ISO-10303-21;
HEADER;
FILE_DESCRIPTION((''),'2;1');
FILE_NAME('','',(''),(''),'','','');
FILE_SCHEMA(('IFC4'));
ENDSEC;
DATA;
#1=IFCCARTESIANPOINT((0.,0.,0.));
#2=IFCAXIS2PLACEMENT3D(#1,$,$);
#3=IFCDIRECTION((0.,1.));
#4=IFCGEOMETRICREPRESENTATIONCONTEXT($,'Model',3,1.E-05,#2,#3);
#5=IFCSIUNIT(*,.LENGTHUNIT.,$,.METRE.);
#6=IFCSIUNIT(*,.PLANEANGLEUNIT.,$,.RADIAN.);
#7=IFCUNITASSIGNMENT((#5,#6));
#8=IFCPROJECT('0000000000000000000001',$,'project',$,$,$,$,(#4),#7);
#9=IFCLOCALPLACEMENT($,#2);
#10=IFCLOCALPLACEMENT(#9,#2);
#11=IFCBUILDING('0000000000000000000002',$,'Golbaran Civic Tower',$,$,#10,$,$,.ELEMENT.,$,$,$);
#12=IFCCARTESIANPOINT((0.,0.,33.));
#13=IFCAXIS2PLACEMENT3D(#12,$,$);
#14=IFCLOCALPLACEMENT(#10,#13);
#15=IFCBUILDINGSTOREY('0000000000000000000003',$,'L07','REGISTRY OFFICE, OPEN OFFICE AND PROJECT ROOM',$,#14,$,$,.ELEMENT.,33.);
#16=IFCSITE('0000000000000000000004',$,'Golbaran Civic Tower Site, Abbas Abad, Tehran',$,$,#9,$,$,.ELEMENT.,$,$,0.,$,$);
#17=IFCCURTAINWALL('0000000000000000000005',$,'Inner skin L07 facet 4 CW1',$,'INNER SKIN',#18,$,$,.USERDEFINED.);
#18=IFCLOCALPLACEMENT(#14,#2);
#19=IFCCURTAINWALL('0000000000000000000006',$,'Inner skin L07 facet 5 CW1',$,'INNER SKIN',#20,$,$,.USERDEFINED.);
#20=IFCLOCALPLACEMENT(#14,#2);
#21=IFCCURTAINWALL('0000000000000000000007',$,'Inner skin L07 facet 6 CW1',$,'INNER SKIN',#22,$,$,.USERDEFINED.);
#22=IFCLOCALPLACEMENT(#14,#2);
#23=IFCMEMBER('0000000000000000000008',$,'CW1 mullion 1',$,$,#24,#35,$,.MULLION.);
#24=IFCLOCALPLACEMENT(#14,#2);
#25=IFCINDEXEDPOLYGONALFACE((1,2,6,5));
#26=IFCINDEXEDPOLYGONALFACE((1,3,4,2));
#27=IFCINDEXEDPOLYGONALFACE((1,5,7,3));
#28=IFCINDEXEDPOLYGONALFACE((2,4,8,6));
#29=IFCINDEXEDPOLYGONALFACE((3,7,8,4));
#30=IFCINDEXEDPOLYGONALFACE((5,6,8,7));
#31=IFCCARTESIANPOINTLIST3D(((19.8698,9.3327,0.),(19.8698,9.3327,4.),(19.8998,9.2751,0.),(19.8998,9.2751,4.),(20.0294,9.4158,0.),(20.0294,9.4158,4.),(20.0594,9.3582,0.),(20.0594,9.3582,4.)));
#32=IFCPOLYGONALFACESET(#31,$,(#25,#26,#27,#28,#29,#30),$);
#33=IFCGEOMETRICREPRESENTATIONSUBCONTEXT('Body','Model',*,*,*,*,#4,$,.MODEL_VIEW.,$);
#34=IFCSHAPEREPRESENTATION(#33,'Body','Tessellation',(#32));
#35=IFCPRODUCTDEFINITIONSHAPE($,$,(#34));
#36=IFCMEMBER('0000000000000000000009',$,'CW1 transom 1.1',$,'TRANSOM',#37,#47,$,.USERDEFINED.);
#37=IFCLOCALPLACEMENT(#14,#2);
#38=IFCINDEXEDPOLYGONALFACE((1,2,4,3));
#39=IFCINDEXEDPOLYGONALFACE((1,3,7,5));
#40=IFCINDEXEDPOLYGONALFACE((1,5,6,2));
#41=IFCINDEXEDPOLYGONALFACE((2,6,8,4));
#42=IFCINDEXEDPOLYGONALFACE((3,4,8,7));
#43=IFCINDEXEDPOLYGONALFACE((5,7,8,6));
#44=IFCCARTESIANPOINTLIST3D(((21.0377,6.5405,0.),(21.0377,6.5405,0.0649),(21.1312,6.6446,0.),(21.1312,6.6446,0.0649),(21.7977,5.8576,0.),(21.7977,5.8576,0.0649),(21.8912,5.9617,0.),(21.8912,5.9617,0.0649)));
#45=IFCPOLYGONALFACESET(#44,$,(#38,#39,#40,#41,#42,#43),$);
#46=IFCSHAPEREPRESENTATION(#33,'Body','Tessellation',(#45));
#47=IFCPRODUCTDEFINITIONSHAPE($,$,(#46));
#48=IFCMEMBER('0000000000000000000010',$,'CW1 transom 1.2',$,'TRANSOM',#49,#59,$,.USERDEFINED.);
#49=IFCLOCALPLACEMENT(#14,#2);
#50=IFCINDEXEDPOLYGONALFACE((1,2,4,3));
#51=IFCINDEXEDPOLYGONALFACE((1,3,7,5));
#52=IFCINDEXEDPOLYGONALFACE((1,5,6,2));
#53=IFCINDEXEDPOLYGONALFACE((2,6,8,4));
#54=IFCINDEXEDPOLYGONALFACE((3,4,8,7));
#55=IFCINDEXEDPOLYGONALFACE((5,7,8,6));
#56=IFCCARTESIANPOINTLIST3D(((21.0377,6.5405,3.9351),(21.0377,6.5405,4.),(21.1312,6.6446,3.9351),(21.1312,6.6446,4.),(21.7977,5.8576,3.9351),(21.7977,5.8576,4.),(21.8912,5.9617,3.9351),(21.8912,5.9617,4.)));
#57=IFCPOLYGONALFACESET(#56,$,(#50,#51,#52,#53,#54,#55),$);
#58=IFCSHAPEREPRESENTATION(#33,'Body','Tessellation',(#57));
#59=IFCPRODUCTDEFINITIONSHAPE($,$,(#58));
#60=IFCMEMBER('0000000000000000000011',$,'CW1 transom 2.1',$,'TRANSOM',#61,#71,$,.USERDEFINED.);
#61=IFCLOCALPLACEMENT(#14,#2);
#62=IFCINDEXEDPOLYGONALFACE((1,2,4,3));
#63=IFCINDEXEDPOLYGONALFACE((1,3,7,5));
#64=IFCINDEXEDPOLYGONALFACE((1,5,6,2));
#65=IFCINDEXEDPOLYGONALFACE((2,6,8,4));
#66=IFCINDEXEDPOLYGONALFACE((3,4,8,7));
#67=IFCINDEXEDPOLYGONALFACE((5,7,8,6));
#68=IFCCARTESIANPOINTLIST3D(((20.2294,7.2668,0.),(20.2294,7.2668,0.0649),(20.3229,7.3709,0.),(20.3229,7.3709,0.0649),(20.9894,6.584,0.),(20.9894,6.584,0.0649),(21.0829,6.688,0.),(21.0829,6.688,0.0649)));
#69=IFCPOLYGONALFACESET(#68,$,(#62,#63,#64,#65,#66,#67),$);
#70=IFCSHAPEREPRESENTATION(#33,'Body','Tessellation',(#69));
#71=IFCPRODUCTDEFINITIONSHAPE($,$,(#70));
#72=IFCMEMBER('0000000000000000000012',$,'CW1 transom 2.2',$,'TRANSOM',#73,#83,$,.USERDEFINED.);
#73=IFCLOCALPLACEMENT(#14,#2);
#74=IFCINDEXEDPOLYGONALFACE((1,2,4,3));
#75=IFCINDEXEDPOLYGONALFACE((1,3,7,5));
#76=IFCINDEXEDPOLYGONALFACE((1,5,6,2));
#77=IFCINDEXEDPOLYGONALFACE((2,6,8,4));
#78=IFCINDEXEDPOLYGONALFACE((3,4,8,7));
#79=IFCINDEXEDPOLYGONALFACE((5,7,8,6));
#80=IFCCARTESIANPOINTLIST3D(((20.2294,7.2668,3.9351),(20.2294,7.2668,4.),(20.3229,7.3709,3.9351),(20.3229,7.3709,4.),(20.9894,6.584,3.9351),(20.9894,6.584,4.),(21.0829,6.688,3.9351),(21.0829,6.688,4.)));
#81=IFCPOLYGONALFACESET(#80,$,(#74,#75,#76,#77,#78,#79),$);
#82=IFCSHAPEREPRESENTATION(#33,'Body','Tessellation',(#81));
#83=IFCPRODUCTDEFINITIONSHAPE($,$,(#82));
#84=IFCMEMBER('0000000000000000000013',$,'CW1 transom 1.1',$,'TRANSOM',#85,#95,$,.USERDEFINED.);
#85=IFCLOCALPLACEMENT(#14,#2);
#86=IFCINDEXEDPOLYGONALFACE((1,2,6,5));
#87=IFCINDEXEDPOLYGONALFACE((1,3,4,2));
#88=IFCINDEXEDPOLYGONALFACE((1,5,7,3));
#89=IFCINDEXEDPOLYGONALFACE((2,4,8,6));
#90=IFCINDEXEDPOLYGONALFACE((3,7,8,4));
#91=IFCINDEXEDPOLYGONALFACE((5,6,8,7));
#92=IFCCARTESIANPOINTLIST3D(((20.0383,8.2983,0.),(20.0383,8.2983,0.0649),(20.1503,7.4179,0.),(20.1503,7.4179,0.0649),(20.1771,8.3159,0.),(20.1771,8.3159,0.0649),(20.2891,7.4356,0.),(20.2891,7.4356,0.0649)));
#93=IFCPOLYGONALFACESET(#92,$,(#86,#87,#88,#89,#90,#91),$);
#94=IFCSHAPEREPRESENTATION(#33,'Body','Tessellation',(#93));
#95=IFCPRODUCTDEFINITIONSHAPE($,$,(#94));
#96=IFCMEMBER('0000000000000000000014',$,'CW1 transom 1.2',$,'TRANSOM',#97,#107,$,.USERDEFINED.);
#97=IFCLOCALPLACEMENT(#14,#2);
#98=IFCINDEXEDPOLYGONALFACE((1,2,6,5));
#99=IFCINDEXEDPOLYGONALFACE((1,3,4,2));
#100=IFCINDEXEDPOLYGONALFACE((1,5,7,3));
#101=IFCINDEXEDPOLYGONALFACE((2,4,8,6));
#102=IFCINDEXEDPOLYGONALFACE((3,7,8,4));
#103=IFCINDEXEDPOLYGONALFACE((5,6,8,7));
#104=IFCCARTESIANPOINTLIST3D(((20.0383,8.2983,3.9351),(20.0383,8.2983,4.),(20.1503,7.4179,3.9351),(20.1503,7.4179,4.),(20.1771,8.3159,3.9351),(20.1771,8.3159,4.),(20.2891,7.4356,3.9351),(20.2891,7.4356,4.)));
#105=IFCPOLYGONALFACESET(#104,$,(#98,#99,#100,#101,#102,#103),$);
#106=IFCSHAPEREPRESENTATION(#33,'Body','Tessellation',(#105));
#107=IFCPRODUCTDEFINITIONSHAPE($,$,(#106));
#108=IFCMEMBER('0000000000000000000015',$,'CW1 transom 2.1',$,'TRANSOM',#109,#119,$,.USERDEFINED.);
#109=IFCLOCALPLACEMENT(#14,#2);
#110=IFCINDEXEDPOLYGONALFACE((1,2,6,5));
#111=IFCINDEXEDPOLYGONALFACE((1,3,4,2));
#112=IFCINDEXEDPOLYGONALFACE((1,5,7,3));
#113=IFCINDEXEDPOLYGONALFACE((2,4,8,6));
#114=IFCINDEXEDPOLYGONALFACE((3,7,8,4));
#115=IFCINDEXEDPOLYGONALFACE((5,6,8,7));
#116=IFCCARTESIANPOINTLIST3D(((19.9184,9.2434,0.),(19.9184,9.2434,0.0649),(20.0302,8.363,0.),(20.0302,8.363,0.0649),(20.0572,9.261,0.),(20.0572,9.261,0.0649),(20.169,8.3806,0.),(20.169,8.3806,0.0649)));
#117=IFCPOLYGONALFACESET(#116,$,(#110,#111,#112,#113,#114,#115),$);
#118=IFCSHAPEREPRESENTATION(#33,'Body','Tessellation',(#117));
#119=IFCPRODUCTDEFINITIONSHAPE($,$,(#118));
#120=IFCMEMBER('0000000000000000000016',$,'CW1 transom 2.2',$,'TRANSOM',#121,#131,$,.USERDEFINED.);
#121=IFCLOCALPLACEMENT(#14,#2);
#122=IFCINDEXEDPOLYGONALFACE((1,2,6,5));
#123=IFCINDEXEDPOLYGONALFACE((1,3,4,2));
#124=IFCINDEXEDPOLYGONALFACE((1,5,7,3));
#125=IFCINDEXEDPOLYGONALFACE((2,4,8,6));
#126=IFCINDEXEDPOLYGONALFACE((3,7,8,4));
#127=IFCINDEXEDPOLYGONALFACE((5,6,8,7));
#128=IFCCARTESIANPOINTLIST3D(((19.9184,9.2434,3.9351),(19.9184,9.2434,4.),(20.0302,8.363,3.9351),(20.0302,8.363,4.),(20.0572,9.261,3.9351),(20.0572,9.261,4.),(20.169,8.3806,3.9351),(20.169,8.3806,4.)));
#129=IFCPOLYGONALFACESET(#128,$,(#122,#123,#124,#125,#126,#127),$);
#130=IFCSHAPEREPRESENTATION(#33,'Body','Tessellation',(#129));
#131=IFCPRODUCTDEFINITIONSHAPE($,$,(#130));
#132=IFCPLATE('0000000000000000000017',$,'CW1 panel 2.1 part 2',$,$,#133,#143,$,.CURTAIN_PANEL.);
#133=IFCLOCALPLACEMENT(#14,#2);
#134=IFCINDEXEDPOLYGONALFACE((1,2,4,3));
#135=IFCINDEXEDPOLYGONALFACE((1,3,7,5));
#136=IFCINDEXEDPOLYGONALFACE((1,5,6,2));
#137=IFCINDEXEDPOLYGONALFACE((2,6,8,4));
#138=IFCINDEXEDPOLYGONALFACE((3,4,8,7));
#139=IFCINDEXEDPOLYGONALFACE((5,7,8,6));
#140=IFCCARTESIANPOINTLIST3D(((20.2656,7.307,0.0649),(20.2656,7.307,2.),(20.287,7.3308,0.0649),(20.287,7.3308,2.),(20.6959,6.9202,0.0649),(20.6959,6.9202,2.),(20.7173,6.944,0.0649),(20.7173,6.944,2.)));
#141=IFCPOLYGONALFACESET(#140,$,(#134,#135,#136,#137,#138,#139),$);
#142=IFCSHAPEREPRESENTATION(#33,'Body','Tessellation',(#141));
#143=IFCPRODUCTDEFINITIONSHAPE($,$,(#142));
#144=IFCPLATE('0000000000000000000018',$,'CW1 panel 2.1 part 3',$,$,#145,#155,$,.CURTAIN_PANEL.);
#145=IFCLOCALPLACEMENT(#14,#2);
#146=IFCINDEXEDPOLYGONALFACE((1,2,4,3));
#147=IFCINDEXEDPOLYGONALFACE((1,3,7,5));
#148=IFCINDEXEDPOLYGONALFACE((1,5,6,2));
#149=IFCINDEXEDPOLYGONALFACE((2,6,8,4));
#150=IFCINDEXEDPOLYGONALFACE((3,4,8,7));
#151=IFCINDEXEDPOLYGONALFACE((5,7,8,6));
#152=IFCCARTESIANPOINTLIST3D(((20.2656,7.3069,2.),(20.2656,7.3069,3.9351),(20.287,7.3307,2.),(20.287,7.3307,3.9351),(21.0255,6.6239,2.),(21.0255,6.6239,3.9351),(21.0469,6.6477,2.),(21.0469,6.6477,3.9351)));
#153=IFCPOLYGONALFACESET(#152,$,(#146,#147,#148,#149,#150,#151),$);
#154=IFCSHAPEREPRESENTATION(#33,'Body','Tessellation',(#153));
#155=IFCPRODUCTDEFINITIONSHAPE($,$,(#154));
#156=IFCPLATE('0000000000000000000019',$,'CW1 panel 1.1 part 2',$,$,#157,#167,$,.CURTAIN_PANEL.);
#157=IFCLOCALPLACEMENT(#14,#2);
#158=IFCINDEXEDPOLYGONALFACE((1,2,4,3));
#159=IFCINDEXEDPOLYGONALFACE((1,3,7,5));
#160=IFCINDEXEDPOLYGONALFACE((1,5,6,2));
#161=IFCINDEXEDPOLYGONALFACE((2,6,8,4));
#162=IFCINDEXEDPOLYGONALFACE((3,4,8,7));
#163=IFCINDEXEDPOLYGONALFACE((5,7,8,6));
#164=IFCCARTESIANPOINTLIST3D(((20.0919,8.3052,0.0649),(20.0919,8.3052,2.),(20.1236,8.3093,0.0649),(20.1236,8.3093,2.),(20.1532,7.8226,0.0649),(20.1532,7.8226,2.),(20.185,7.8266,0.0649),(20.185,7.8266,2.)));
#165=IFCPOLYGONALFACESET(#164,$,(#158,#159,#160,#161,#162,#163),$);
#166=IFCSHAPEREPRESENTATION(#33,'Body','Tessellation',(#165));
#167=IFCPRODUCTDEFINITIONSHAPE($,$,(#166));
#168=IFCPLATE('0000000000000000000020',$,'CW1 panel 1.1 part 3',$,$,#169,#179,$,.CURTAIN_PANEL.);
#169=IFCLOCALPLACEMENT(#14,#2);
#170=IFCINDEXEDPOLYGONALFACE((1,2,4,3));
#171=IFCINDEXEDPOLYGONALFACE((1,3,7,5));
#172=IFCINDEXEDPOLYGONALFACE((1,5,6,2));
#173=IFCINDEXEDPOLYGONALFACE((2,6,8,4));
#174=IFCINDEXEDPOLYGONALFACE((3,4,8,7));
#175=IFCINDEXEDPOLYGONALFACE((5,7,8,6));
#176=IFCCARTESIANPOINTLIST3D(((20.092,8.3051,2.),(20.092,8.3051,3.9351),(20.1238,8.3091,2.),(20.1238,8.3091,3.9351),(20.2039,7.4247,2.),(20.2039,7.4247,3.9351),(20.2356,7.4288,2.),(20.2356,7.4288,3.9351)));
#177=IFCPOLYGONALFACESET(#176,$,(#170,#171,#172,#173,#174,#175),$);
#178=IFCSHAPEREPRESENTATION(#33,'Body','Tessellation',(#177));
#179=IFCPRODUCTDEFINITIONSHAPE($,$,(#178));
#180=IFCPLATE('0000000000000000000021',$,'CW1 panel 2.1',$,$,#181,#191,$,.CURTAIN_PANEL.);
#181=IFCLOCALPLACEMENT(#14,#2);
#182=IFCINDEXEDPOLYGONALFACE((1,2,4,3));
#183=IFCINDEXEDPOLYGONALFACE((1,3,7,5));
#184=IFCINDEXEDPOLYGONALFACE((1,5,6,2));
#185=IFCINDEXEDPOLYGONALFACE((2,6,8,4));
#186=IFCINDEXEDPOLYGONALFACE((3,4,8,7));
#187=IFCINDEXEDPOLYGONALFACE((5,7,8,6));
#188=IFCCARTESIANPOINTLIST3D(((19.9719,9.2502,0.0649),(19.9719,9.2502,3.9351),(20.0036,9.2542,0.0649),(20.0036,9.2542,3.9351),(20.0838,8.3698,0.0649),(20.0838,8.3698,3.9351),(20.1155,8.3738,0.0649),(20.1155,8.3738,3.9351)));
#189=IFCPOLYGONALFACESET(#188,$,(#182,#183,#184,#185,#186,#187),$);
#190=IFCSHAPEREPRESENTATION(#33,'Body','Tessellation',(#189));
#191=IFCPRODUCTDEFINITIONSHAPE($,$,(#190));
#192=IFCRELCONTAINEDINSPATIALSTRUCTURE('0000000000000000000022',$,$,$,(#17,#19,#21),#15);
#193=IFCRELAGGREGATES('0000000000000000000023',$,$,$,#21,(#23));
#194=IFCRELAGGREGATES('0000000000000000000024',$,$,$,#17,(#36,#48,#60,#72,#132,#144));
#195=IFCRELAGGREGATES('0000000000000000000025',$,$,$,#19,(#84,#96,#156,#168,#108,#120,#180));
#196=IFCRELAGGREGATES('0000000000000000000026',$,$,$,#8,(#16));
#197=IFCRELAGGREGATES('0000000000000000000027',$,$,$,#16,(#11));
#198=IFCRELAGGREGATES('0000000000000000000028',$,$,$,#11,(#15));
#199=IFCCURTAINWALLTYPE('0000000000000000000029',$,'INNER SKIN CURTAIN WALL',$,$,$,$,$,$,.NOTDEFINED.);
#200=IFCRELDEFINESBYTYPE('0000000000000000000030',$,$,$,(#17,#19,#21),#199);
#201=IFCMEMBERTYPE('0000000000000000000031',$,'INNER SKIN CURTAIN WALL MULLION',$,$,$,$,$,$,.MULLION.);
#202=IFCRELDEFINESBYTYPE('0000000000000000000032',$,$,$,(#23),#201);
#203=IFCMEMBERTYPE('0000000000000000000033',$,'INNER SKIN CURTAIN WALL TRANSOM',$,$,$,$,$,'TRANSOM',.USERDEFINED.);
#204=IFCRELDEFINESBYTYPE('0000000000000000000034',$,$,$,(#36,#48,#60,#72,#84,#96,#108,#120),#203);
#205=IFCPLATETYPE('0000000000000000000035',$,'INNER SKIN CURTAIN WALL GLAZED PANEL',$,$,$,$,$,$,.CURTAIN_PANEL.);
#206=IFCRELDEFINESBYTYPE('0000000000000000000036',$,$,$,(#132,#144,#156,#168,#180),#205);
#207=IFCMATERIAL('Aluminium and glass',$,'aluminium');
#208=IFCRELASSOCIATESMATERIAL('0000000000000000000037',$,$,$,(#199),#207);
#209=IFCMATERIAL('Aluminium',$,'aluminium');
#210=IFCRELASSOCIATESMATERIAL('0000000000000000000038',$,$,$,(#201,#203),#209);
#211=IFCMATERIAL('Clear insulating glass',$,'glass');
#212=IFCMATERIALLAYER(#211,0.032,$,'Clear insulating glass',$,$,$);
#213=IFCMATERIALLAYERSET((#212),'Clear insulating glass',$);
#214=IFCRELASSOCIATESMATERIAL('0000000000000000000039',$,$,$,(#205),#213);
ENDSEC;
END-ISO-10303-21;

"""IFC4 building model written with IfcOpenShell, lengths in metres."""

from ifc_helpers import new_model, si_unit, direction, frame, origin, origin_2d, place, context, subcontext, project, spatial, rectangle, extrude, material, layer, layer_set, material_profile, profile_set, type_object, element, aggregate, save


model = new_model("IFC4")

# Units and contexts
model_context = context("Model", 3, precision=1e-05, world=origin(), true_north=direction((0.0, 1.0)))
body_context = subcontext(model_context, "Body", "Model", "MODEL_VIEW")
ifc_project = project(units=[si_unit("LENGTHUNIT", "METRE"), si_unit("PLANEANGLEUNIT", "RADIAN")], contexts=[model_context])

# Site, building, storey
site_placement = place(None, origin())
site = spatial("IfcSite", under=ifc_project, at=site_placement, Name="Golbaran Civic Tower Site, Abbas Abad, Tehran", CompositionType="ELEMENT", RefElevation=0.0)
building_placement = place(site_placement, origin())
building = spatial("IfcBuilding", under=site, at=building_placement, Name="Golbaran Civic Tower", CompositionType="ELEMENT")
storey_placement = place(building_placement, frame((0.0, 0.0, 33.0)))
storey = spatial("IfcBuildingStorey", under=building, at=storey_placement, Name="L07", Description="REGISTRY OFFICE, OPEN OFFICE AND PROJECT ROOM", CompositionType="ELEMENT", Elevation=33.0)

# Shared definitions
ifc_material_1 = material(Name="Aluminium and glass", Category="aluminium")
curtain_wall_type = type_object("IfcCurtainWallType", Name="INNER SKIN CURTAIN WALL", PredefinedType="NOTDEFINED", material=ifc_material_1)
ifc_material_2 = material(Name="Aluminium", Category="aluminium")
ifc_material_profile_1 = material_profile(ifc_material_2, rectangle(XDim=0.1799, YDim=0.0649, at=origin_2d()), Name="INNER SKIN CURTAIN WALL MULLION")
ifc_profile_set_1 = profile_set([ifc_material_profile_1], Name="Aluminium")
member_type_1 = type_object("IfcMemberType", Name="INNER SKIN CURTAIN WALL MULLION", PredefinedType="MULLION", material=ifc_profile_set_1)

# Curtain walls
curtain_wall_1_placement = place(storey_placement, origin())
curtain_wall_1 = element("IfcCurtainWall", 1, at=curtain_wall_1_placement, inside=storey, type_object=curtain_wall_type, Name="Inner skin L07 facet 4 CW1", ObjectType="INNER SKIN", PredefinedType="USERDEFINED")
curtain_wall_2_placement = place(storey_placement, origin())
curtain_wall_2 = element("IfcCurtainWall", 2, at=curtain_wall_2_placement, inside=storey, type_object=curtain_wall_type, Name="Inner skin L07 facet 5 CW1", ObjectType="INNER SKIN", PredefinedType="USERDEFINED")

# Curtain wall, member
curtain_wall_3_placement = place(storey_placement, origin())
curtain_wall_3 = element("IfcCurtainWall", 3, at=curtain_wall_3_placement, inside=storey, type_object=curtain_wall_type, Name="Inner skin L07 facet 6 CW1", ObjectType="INNER SKIN", PredefinedType="USERDEFINED")
member_1_placement = place(storey_placement, frame((19.9646, 9.3455, 0.0), z_axis=(0.0, 0.0, 1.0), x_axis=(-0.887011, -0.461749, 0.0)))
member_1 = element("IfcMember", 4, at=member_1_placement, type_object=member_type_1, Name="CW1 mullion 1", PredefinedType="MULLION", context=body_context, shape_type="SweptSolid", body=[
    extrude(rectangle(XDim=0.1799, YDim=0.0649, at=origin_2d()), origin(), (0.0, 0.0, 1.0), 4.0),
])
aggregate(curtain_wall_3, [member_1])

# Members
ifc_material_profile_2 = material_profile(ifc_material_2, rectangle(XDim=0.1399, YDim=0.0649, at=origin_2d()), Name="INNER SKIN CURTAIN WALL TRANSOM")
ifc_profile_set_2 = profile_set([ifc_material_profile_2], Name="Aluminium")
member_type_2 = type_object("IfcMemberType", Name="INNER SKIN CURTAIN WALL TRANSOM", ElementType="TRANSOM", PredefinedType="USERDEFINED", material=ifc_profile_set_2)
member_2_placement = place(storey_placement, frame((21.8445, 5.9097, 0.0325), z_axis=(-0.743852, 0.668344, 0.0), x_axis=(-0.668344, -0.743852, 0.0)))
member_2 = element("IfcMember", 5, at=member_2_placement, type_object=member_type_2, Name="CW1 transom 1.1", ObjectType="TRANSOM", PredefinedType="USERDEFINED", context=body_context, shape_type="SweptSolid", body=[
    extrude(rectangle(XDim=0.1399, YDim=0.0649, at=origin_2d()), origin(), (0.0, 0.0, 1.0), 1.0217),
])
member_3_placement = place(storey_placement, frame((21.8445, 5.9097, 3.9675), z_axis=(-0.743852, 0.668344, 0.0), x_axis=(-0.668344, -0.743852, 0.0)))
member_3 = element("IfcMember", 6, at=member_3_placement, type_object=member_type_2, Name="CW1 transom 1.2", ObjectType="TRANSOM", PredefinedType="USERDEFINED", context=body_context, shape_type="SweptSolid", body=[
    extrude(rectangle(XDim=0.1399, YDim=0.0649, at=origin_2d()), origin(), (0.0, 0.0, 1.0), 1.0217),
])
member_4_placement = place(storey_placement, frame((21.0361, 6.636, 0.0325), z_axis=(-0.743852, 0.668344, 0.0), x_axis=(-0.668344, -0.743852, 0.0)))
member_4 = element("IfcMember", 7, at=member_4_placement, type_object=member_type_2, Name="CW1 transom 2.1", ObjectType="TRANSOM", PredefinedType="USERDEFINED", context=body_context, shape_type="SweptSolid", body=[
    extrude(rectangle(XDim=0.1399, YDim=0.0649, at=origin_2d()), origin(), (0.0, 0.0, 1.0), 1.0217),
])
member_5_placement = place(storey_placement, frame((21.0361, 6.636, 3.9675), z_axis=(-0.743852, 0.668344, 0.0), x_axis=(-0.668344, -0.743852, 0.0)))
member_5 = element("IfcMember", 8, at=member_5_placement, type_object=member_type_2, Name="CW1 transom 2.2", ObjectType="TRANSOM", PredefinedType="USERDEFINED", context=body_context, shape_type="SweptSolid", body=[
    extrude(rectangle(XDim=0.1399, YDim=0.0649, at=origin_2d()), origin(), (0.0, 0.0, 1.0), 1.0217),
])
member_6_placement = place(storey_placement, frame((20.2197, 7.4268, 0.0325), z_axis=(-0.126269, 0.991996, 0.0), x_axis=(-0.991996, -0.126269, 0.0)))
member_6 = element("IfcMember", 9, at=member_6_placement, type_object=member_type_2, Name="CW1 transom 1.1", ObjectType="TRANSOM", PredefinedType="USERDEFINED", context=body_context, shape_type="SweptSolid", body=[
    extrude(rectangle(XDim=0.1399, YDim=0.0649, at=origin_2d()), origin(), (0.0, 0.0, 1.0), 0.8875),
])
member_7_placement = place(storey_placement, frame((20.2197, 7.4268, 3.9675), z_axis=(-0.126269, 0.991996, 0.0), x_axis=(-0.991996, -0.126269, 0.0)))
member_7 = element("IfcMember", 10, at=member_7_placement, type_object=member_type_2, Name="CW1 transom 1.2", ObjectType="TRANSOM", PredefinedType="USERDEFINED", context=body_context, shape_type="SweptSolid", body=[
    extrude(rectangle(XDim=0.1399, YDim=0.0649, at=origin_2d()), origin(), (0.0, 0.0, 1.0), 0.8875),
])
member_8_placement = place(storey_placement, frame((20.0996, 8.3718, 0.0325), z_axis=(-0.125998, 0.99203, 0.0), x_axis=(-0.99203, -0.125998, 0.0)))
member_8 = element("IfcMember", 11, at=member_8_placement, type_object=member_type_2, Name="CW1 transom 2.1", ObjectType="TRANSOM", PredefinedType="USERDEFINED", context=body_context, shape_type="SweptSolid", body=[
    extrude(rectangle(XDim=0.1399, YDim=0.0649, at=origin_2d()), origin(), (0.0, 0.0, 1.0), 0.8875),
])
member_9_placement = place(storey_placement, frame((20.0996, 8.3718, 3.9675), z_axis=(-0.125998, 0.99203, 0.0), x_axis=(-0.99203, -0.125998, 0.0)))
member_9 = element("IfcMember", 12, at=member_9_placement, type_object=member_type_2, Name="CW1 transom 2.2", ObjectType="TRANSOM", PredefinedType="USERDEFINED", context=body_context, shape_type="SweptSolid", body=[
    extrude(rectangle(XDim=0.1399, YDim=0.0649, at=origin_2d()), origin(), (0.0, 0.0, 1.0), 0.8875),
])

# Plates
ifc_material_3 = material(Name="Clear insulating glass", Category="glass")
ifc_layer_1 = layer(ifc_material_3, 0.032, Name="Clear insulating glass")
ifc_layer_set_1 = layer_set([ifc_layer_1], Name="Clear insulating glass")
plate_type_1 = type_object("IfcPlateType", Name="INNER SKIN CURTAIN WALL GLAZED PANEL", PredefinedType="CURTAIN_PANEL", material=ifc_layer_set_1)
plate_1_placement = place(storey_placement, frame((20.4915, 7.1255, 0.0649), z_axis=(0.0, 0.0, 1.0), x_axis=(-0.743784, 0.66842, 0.0)))
plate_1 = element("IfcPlate", 13, at=plate_1_placement, type_object=plate_type_1, Name="CW1 panel 2.1 part 2", PredefinedType="CURTAIN_PANEL", context=body_context, shape_type="SweptSolid", body=[
    extrude(rectangle(XDim=0.5786, YDim=0.032, at=origin_2d()), origin(), (0.0, 0.0, 1.0), 1.9351),
])
plate_2_placement = place(storey_placement, frame((20.6562, 6.9773, 2.0), z_axis=(0.0, 0.0, 1.0), x_axis=(-0.743784, 0.66842, 0.0)))
plate_2 = element("IfcPlate", 14, at=plate_2_placement, type_object=plate_type_1, Name="CW1 panel 2.1 part 3", PredefinedType="CURTAIN_PANEL", context=body_context, shape_type="SweptSolid", body=[
    extrude(rectangle(XDim=1.0217, YDim=0.032, at=origin_2d()), origin(), (0.0, 0.0, 1.0), 1.9351),
])
plate_3_placement = place(storey_placement, frame((20.1384, 8.0659, 0.0649), z_axis=(0.0, 0.0, 1.0), x_axis=(-0.126024, 0.992027, 0.0)))
plate_3 = element("IfcPlate", 15, at=plate_3_placement, type_object=plate_type_1, Name="CW1 panel 1.1 part 2", PredefinedType="CURTAIN_PANEL", context=body_context, shape_type="SweptSolid", body=[
    extrude(rectangle(XDim=0.4866, YDim=0.032, at=origin_2d()), origin(), (0.0, 0.0, 1.0), 1.9351),
])
plate_4_placement = place(storey_placement, frame((20.1638, 7.8669, 2.0), z_axis=(0.0, 0.0, 1.0), x_axis=(-0.126024, 0.992027, 0.0)))
plate_4 = element("IfcPlate", 16, at=plate_4_placement, type_object=plate_type_1, Name="CW1 panel 1.1 part 3", PredefinedType="CURTAIN_PANEL", context=body_context, shape_type="SweptSolid", body=[
    extrude(rectangle(XDim=0.8875, YDim=0.032, at=origin_2d()), origin(), (0.0, 0.0, 1.0), 1.9351),
])
plate_5_placement = place(storey_placement, frame((20.0437, 8.812, 0.0649), z_axis=(0.0, 0.0, 1.0), x_axis=(-0.126024, 0.992027, 0.0)))
plate_5 = element("IfcPlate", 17, at=plate_5_placement, type_object=plate_type_1, Name="CW1 panel 2.1", PredefinedType="CURTAIN_PANEL", context=body_context, shape_type="SweptSolid", body=[
    extrude(rectangle(XDim=0.8875, YDim=0.032, at=origin_2d()), origin(), (0.0, 0.0, 1.0), 3.8701),
])
aggregate(curtain_wall_1, [member_2, member_3, member_4, member_5, plate_1, plate_2])
aggregate(curtain_wall_2, [member_6, member_7, plate_3, plate_4, member_8, member_9, plate_5])

save(model, "model.ifc")
